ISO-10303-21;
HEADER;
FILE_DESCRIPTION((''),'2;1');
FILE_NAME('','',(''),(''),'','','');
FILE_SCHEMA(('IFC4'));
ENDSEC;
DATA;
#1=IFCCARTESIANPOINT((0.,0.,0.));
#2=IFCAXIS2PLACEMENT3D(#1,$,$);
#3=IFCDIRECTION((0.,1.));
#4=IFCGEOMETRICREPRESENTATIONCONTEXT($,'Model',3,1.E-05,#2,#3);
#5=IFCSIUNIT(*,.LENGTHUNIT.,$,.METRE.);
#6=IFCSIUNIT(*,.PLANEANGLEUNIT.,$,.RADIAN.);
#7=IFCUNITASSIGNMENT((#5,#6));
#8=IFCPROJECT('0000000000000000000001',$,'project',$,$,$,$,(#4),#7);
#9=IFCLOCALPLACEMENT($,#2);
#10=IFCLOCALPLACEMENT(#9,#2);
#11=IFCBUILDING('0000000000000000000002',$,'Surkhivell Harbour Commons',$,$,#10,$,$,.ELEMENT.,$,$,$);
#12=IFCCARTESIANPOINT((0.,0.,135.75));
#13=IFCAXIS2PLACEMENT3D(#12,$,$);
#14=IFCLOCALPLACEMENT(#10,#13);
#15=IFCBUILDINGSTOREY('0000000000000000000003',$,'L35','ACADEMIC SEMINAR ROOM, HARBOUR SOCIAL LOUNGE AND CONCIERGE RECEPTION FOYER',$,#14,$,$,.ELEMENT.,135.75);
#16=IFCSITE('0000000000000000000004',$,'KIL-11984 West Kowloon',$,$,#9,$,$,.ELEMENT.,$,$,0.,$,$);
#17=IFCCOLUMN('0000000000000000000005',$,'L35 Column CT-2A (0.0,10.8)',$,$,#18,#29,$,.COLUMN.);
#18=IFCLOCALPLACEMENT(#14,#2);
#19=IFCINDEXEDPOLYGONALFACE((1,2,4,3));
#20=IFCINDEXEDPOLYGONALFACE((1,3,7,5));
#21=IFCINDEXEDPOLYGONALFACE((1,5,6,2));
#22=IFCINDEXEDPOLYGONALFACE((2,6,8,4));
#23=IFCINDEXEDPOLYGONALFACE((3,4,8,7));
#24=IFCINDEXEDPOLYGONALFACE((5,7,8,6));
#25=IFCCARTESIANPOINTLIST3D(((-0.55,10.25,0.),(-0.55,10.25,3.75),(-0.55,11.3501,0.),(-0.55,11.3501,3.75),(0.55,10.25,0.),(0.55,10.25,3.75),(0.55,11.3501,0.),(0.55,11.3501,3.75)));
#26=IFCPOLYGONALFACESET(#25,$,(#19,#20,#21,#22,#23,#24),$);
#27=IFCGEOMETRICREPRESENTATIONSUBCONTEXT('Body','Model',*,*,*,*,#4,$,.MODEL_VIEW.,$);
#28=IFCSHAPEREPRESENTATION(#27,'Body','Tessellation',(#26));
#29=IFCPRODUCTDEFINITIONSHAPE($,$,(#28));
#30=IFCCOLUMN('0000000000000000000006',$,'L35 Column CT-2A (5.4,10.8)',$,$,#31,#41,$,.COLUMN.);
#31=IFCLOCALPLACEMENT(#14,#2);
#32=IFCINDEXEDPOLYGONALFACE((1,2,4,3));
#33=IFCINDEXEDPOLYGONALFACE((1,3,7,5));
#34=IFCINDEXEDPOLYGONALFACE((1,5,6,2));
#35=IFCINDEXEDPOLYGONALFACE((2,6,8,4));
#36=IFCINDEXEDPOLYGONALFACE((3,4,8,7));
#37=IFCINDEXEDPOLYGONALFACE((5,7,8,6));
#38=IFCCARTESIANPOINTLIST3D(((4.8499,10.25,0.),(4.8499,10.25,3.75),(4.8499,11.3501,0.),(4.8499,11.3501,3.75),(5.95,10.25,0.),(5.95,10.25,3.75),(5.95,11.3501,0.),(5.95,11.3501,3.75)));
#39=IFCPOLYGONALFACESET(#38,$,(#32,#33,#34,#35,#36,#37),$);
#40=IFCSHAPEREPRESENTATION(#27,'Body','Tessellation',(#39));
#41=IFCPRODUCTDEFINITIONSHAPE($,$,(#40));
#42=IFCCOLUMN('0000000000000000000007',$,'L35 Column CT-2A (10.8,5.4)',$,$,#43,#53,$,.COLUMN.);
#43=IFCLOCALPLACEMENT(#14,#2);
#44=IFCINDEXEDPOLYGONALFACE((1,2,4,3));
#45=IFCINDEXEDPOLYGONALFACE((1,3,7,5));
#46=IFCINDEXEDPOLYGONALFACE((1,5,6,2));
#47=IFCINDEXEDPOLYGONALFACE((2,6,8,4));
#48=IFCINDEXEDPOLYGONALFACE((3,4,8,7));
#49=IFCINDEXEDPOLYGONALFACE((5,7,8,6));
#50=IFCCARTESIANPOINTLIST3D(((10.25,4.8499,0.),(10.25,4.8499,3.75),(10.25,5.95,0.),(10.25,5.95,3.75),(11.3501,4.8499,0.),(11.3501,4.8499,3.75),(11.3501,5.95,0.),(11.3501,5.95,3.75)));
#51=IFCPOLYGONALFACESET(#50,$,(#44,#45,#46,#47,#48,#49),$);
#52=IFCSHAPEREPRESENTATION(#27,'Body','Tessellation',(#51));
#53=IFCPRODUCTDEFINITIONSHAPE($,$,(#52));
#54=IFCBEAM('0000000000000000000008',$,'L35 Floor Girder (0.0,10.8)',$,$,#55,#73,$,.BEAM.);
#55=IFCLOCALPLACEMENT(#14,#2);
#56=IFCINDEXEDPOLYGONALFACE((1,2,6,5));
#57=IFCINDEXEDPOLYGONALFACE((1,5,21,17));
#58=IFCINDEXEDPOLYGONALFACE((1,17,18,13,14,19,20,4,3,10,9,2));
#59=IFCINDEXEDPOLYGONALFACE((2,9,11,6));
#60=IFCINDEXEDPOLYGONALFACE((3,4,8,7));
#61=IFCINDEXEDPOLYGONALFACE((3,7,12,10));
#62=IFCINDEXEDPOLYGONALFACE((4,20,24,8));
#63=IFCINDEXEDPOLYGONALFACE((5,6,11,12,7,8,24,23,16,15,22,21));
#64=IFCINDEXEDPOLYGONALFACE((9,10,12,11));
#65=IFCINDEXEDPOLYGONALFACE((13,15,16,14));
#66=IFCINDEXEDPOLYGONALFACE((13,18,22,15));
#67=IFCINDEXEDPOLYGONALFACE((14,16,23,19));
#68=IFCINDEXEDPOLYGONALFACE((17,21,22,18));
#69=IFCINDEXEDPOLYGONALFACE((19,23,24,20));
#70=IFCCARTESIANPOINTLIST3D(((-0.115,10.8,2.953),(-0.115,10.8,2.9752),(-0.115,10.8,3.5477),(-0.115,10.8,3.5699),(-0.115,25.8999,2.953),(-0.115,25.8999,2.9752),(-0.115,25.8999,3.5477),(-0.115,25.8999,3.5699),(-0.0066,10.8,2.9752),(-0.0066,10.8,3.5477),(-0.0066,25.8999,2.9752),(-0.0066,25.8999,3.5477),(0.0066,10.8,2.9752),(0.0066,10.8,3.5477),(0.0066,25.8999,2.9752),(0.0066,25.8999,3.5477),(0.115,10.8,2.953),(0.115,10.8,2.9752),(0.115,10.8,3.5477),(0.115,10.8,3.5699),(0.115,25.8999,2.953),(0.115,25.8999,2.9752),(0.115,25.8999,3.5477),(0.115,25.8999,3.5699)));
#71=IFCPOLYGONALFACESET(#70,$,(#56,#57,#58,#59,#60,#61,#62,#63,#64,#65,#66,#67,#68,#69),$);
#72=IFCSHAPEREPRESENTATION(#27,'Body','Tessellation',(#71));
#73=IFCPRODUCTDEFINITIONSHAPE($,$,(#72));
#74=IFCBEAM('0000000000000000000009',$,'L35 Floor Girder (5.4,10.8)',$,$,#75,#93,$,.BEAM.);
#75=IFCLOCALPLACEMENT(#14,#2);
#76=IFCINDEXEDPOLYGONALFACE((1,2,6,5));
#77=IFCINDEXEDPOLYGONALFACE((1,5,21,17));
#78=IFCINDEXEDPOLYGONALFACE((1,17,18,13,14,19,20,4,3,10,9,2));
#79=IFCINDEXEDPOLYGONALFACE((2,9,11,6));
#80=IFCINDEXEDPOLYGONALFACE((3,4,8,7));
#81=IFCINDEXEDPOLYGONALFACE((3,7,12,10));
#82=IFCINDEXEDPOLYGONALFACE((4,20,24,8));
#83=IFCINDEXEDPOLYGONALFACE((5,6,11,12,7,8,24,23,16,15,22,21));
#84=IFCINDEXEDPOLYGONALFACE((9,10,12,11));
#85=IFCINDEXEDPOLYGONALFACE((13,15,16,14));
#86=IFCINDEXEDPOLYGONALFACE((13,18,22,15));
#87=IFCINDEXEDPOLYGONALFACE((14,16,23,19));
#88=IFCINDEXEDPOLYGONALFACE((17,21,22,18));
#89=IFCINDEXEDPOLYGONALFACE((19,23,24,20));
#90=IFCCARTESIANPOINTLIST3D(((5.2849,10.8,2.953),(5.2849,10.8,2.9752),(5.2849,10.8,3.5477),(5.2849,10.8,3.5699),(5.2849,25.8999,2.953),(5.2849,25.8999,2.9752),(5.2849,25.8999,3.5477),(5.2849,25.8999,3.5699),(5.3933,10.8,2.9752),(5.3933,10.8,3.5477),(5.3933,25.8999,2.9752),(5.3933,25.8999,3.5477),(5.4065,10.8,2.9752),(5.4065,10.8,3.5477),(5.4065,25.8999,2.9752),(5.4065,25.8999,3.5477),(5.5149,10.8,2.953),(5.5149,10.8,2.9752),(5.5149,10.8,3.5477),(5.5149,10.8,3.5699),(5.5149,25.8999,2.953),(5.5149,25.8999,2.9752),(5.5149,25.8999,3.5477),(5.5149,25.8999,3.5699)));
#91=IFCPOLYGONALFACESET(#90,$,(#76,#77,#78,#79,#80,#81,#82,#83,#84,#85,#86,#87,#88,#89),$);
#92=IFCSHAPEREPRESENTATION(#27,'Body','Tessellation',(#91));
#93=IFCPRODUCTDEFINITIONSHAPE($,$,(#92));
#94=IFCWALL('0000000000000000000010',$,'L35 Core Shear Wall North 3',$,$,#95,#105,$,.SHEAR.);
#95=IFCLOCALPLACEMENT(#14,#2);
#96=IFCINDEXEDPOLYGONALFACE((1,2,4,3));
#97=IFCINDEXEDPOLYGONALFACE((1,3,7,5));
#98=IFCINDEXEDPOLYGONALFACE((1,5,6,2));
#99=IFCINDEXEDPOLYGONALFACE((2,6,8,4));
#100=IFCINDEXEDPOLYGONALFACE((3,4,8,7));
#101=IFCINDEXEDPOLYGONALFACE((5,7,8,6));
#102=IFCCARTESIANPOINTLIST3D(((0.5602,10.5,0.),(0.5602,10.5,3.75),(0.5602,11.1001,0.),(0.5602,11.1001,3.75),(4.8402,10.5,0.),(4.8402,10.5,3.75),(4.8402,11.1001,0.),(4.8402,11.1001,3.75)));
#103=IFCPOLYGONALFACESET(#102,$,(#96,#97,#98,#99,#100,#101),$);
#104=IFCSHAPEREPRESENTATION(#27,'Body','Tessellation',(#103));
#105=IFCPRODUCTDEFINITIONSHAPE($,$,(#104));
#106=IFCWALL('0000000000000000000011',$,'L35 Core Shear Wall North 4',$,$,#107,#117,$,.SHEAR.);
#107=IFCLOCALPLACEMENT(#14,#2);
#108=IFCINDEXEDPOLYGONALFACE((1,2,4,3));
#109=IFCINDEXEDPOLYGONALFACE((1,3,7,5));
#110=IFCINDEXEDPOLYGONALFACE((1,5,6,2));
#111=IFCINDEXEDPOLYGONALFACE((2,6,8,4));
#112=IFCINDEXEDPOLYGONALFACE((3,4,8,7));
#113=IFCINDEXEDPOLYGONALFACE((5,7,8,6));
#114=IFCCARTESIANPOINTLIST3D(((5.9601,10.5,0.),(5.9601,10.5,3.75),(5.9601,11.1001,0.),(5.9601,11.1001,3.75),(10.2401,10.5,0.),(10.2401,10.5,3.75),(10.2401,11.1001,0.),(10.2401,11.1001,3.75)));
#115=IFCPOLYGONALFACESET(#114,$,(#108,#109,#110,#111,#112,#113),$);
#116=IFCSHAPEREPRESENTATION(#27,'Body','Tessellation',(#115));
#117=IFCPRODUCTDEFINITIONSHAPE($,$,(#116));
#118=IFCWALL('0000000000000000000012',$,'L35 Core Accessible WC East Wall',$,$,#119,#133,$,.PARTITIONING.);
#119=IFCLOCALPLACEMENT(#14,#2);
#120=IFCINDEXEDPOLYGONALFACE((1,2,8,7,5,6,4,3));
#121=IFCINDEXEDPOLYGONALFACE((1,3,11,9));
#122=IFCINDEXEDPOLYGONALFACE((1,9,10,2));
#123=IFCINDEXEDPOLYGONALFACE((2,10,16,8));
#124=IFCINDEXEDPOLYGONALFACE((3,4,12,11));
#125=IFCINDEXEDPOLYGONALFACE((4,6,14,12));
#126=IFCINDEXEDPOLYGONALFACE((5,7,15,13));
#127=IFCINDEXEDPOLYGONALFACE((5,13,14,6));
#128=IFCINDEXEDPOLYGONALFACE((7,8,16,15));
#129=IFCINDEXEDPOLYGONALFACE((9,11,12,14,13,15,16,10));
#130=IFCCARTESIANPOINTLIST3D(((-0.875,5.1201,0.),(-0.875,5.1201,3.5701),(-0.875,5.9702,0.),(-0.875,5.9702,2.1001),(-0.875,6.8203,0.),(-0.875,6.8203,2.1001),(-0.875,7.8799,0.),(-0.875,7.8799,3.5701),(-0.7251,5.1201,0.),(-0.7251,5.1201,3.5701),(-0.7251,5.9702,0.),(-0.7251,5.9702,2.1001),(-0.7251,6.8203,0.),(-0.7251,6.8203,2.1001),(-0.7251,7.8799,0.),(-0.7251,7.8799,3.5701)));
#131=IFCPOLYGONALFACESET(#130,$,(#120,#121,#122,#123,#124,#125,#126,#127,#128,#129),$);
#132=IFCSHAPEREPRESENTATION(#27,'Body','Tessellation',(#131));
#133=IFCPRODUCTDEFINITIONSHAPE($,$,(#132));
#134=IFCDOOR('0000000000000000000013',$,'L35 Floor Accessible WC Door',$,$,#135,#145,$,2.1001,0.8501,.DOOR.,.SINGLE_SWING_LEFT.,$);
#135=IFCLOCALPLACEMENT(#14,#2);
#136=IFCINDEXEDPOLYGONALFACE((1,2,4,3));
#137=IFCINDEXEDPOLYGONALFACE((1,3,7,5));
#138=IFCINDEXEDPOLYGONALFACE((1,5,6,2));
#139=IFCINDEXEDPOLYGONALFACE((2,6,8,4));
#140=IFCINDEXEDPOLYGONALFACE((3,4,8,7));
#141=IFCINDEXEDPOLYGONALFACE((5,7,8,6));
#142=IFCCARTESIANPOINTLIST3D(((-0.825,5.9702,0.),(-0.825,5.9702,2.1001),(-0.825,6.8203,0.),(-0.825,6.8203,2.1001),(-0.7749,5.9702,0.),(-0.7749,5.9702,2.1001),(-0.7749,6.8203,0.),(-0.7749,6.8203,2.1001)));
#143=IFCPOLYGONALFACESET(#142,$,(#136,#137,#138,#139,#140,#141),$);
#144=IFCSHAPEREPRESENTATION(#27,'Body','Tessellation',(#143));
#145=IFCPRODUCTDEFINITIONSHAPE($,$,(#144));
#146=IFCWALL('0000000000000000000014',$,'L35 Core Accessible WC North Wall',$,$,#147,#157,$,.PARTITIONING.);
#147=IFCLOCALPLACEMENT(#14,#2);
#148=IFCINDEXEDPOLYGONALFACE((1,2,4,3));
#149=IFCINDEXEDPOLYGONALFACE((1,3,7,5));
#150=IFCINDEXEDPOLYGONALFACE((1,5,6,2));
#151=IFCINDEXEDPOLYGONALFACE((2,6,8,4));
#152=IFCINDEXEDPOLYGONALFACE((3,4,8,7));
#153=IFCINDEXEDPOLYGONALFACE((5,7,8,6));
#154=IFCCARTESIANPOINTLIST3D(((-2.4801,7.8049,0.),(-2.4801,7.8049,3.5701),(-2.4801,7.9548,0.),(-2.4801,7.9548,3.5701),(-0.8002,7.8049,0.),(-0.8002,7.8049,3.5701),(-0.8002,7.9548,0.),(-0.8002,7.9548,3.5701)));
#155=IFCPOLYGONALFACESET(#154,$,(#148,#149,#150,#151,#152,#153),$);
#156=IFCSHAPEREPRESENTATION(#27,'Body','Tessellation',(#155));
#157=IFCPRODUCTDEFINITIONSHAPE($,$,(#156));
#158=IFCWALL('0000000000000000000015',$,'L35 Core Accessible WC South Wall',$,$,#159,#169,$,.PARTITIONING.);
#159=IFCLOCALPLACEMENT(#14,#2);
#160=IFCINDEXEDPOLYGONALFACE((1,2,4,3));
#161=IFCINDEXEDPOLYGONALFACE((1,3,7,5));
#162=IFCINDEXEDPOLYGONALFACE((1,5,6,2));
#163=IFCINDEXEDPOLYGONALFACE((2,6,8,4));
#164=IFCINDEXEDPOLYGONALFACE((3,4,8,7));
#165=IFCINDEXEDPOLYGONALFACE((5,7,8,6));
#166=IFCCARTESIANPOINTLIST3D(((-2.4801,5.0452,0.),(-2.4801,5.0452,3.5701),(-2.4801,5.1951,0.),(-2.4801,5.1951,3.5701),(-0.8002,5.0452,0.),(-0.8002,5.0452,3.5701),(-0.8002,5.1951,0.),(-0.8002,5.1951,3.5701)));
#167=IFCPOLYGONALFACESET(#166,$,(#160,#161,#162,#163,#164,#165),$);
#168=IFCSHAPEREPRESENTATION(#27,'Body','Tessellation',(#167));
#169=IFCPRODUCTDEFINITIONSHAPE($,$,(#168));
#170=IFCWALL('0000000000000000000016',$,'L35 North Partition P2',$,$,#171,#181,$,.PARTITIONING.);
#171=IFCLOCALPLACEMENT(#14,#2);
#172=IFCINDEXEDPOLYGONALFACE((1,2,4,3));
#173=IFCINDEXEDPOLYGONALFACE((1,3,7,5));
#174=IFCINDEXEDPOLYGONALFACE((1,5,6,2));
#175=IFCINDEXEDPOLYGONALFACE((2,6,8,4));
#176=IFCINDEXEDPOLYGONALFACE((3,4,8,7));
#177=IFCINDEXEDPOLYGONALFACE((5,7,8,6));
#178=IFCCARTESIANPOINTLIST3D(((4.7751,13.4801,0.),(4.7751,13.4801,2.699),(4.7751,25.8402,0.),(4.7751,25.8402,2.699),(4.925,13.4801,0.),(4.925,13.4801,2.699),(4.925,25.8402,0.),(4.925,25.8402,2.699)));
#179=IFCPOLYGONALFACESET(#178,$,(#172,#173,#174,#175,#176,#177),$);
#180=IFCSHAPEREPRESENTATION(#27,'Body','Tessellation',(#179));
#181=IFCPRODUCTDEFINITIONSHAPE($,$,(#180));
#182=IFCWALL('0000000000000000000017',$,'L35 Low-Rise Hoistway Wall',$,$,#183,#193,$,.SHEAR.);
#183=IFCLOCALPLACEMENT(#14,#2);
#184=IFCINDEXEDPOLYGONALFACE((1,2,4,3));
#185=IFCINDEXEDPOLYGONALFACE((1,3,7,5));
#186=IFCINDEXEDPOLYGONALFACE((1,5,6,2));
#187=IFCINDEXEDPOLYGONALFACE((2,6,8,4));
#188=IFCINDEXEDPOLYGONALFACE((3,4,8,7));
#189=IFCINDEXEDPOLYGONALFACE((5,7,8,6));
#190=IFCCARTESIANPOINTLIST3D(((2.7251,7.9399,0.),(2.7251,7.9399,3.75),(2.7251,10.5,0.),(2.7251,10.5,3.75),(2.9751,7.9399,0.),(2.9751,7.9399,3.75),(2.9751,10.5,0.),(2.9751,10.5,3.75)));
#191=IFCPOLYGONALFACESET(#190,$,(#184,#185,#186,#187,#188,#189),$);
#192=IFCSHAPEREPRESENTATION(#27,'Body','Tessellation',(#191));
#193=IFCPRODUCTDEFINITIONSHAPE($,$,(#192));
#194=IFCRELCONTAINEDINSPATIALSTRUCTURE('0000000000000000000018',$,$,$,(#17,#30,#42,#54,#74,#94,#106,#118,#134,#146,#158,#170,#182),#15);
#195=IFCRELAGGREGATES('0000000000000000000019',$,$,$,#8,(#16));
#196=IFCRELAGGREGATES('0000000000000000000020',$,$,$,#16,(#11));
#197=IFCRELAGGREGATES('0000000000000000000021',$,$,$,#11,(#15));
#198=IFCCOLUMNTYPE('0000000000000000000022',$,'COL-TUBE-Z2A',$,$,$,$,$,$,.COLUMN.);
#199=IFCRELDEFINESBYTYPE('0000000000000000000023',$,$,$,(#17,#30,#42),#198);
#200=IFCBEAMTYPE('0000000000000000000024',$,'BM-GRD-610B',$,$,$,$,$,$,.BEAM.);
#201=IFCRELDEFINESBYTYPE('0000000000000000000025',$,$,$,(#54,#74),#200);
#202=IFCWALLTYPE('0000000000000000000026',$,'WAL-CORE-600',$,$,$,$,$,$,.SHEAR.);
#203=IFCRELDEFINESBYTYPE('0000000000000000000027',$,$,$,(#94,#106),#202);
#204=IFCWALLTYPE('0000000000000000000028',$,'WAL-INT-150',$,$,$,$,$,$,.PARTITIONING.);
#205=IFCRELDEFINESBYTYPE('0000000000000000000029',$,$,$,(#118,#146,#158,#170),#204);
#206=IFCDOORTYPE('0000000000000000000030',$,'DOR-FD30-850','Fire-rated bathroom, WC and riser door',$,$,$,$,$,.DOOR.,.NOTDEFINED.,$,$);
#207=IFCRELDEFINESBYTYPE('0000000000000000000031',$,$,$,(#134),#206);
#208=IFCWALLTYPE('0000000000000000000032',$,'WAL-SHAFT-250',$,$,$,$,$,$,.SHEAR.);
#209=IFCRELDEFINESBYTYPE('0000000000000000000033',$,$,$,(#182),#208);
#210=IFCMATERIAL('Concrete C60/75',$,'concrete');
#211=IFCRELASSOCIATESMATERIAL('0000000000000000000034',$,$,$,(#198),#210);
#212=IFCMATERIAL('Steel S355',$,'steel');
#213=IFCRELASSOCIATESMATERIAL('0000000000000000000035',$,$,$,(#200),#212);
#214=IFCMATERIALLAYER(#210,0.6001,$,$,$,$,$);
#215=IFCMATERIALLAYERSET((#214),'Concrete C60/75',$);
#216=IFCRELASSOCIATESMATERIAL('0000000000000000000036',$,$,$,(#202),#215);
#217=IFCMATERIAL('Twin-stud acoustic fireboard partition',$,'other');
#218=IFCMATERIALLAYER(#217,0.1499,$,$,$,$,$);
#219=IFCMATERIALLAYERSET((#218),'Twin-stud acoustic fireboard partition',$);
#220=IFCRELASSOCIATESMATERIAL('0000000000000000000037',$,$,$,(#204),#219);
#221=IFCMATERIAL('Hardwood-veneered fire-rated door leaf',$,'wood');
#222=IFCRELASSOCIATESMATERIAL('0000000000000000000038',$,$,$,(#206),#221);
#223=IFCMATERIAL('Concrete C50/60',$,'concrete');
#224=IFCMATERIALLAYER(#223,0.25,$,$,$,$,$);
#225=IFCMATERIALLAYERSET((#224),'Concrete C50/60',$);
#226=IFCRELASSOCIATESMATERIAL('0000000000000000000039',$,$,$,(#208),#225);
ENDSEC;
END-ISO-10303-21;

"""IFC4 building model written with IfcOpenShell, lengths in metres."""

from ifc_helpers import new_model, si_unit, direction, frame, frame_2d, origin, origin_2d, place, context, subcontext, project, spatial, rectangle, i_section, extrude, material, layer, layer_set, material_profile, profile_set, type_object, element, fill, save


model = new_model("IFC4")

# Units and contexts
model_context = context("Model", 3, precision=1e-05, world=origin(), true_north=direction((0.0, 1.0)))
body_context = subcontext(model_context, "Body", "Model", "MODEL_VIEW")
ifc_project = project(units=[si_unit("LENGTHUNIT", "METRE"), si_unit("PLANEANGLEUNIT", "RADIAN")], contexts=[model_context])

# Site, building, storey
site_placement = place(None, origin())
site = spatial("IfcSite", under=ifc_project, at=site_placement, Name="KIL-11984 West Kowloon", CompositionType="ELEMENT", RefElevation=0.0)
building_placement = place(site_placement, origin())
building = spatial("IfcBuilding", under=site, at=building_placement, Name="Surkhivell Harbour Commons", CompositionType="ELEMENT")
storey_placement = place(building_placement, frame((0.0, 0.0, 135.75)))
storey = spatial("IfcBuildingStorey", under=building, at=storey_placement, Name="L35", Description="ACADEMIC SEMINAR ROOM, HARBOUR SOCIAL LOUNGE AND CONCIERGE RECEPTION FOYER", CompositionType="ELEMENT", Elevation=135.75)

# Columns
ifc_material_1 = material(Name="Concrete C60/75", Category="concrete")
ifc_material_profile_1 = material_profile(ifc_material_1, rectangle(XDim=1.1001, YDim=1.1001, at=origin_2d()), Name="RC-COL-1100x1100")
ifc_profile_set_1 = profile_set([ifc_material_profile_1], Name="Concrete C60/75")
column_type = type_object("IfcColumnType", Name="COL-TUBE-Z2A", PredefinedType="COLUMN", material=ifc_profile_set_1)
for number, where, z_axis, x_axis, name in (
    (1, (0.0, 10.8, 0.0), (0.0, 0.0, 1.0), (1.0, 0.0, 0.0), "L35 Column CT-2A (0.0,10.8)"),
    (2, (5.3999, 10.8, 0.0), (0.0, 0.0, 1.0), (1.0, 0.0, 0.0), "L35 Column CT-2A (5.4,10.8)"),
    (3, (10.8, 5.3999, 0.0), (0.0, 0.0, 1.0), (1.0, 0.0, 0.0), "L35 Column CT-2A (10.8,5.4)"),
):
    element("IfcColumn", number, at=place(storey_placement, frame(where, z_axis=z_axis, x_axis=x_axis)), inside=storey, type_object=column_type, Name=name, PredefinedType="COLUMN", context=body_context, shape_type="SweptSolid", body=[
        extrude(rectangle(XDim=1.1001, YDim=1.1001, at=origin_2d()), origin(), (0.0, 0.0, 1.0), 3.75),
    ])

# Beams
ifc_material_2 = material(Name="Steel S355", Category="steel")
ifc_material_profile_2 = material_profile(ifc_material_2, i_section(OverallWidth=0.23, OverallDepth=0.6169, WebThickness=0.0132, FlangeThickness=0.0222, at=origin_2d()), Name="UB610x229x140")
ifc_profile_set_2 = profile_set([ifc_material_profile_2], Name="Steel S355")
beam_type = type_object("IfcBeamType", Name="BM-GRD-610B", PredefinedType="BEAM", material=ifc_profile_set_2)
for number, where, z_axis, x_axis, name in (
    (4, (0.0, 10.8, 3.2615), (0.0, 1.0, 0.0), (-1.0, 0.0, 0.0), "L35 Floor Girder (0.0,10.8)"),
    (5, (5.3999, 10.8, 3.2615), (0.0, 1.0, 0.0), (-1.0, 0.0, 0.0), "L35 Floor Girder (5.4,10.8)"),
):
    element("IfcBeam", number, at=place(storey_placement, frame(where, z_axis=z_axis, x_axis=x_axis)), inside=storey, type_object=beam_type, Name=name, PredefinedType="BEAM", context=body_context, shape_type="SweptSolid", body=[
        extrude(i_section(OverallWidth=0.23, OverallDepth=0.6169, WebThickness=0.0132, FlangeThickness=0.0222, at=origin_2d()), origin(), (0.0, 0.0, 1.0), 15.0999),
    ])

# Walls
ifc_layer_1 = layer(ifc_material_1, 0.6001)
ifc_layer_set_1 = layer_set([ifc_layer_1], Name="Concrete C60/75")
wall_type_1 = type_object("IfcWallType", Name="WAL-CORE-600", PredefinedType="SHEAR", material=ifc_layer_set_1)
for number, where, z_axis, x_axis, name in (
    (6, (0.5601, 10.8, 0.0), (0.0, 0.0, 1.0), (1.0, 0.0, 0.0), "L35 Core Shear Wall North 3"),
    (7, (5.96, 10.8, 0.0), (0.0, 0.0, 1.0), (1.0, 0.0, 0.0), "L35 Core Shear Wall North 4"),
):
    element("IfcWall", number, at=place(storey_placement, frame(where, z_axis=z_axis, x_axis=x_axis)), inside=storey, type_object=wall_type_1, Name=name, PredefinedType="SHEAR", context=body_context, shape_type="SweptSolid", body=[
        extrude(rectangle(XDim=4.28, YDim=0.6001, at=frame_2d((2.1401, 0.0))), origin(), (0.0, 0.0, 1.0), 3.75),
    ])

# Wall, opening, door
ifc_material_3 = material(Name="Twin-stud acoustic fireboard partition", Category="other")
ifc_layer_2 = layer(ifc_material_3, 0.1499)
ifc_layer_set_2 = layer_set([ifc_layer_2], Name="Twin-stud acoustic fireboard partition")
wall_type_2 = type_object("IfcWallType", Name="WAL-INT-150", PredefinedType="PARTITIONING", material=ifc_layer_set_2)
wall_1_placement = place(storey_placement, frame((-0.8, 5.1201, 0.0), z_axis=(0.0, 0.0, 1.0), x_axis=(0.0, 1.0, 0.0)))
wall_1 = element("IfcWall", 8, at=wall_1_placement, inside=storey, type_object=wall_type_2, Name="L35 Core Accessible WC East Wall", PredefinedType="PARTITIONING", context=body_context, shape_type="SweptSolid", body=[
    extrude(rectangle(XDim=2.7598, YDim=0.1499, at=frame_2d((1.3799, 0.0))), origin(), (0.0, 0.0, 1.0), 3.5701),
])
opening_1_placement = place(wall_1_placement, frame((0.8501, 0.0, 0.0)))
opening_1 = element("IfcOpeningElement", 9, at=opening_1_placement, cuts=wall_1, PredefinedType="OPENING", context=body_context, shape_type="SweptSolid", body=[
    extrude(rectangle(XDim=0.8501, YDim=2.1001, at=frame_2d((0.425, 1.05))), frame((0.0, 0.085, 0.0), z_axis=(0.0, -1.0, 0.0), x_axis=(1.0, 0.0, 0.0)), (0.0, 0.0, 1.0), 0.1699),
])
ifc_material_4 = material(Name="Hardwood-veneered fire-rated door leaf", Category="wood")
door_type_1 = type_object("IfcDoorType", Name="DOR-FD30-850", Description="Fire-rated bathroom, WC and riser door", OperationType="NOTDEFINED", PredefinedType="DOOR", material=ifc_material_4)
door_1_placement = place(opening_1_placement, origin())
door_1 = element("IfcDoor", 10, at=door_1_placement, inside=storey, type_object=door_type_1, Name="L35 Floor Accessible WC Door", OperationType="SINGLE_SWING_LEFT", OverallHeight=2.1001, OverallWidth=0.8501, PredefinedType="DOOR", context=body_context, shape_type="SweptSolid", body=[
    extrude(rectangle(XDim=0.8501, YDim=2.1001, at=frame_2d((0.425, 1.05))), frame((0.0, 0.0249, 0.0), z_axis=(0.0, -1.0, 0.0), x_axis=(1.0, 0.0, 0.0)), (0.0, 0.0, 1.0), 0.05),
])
fill(opening_1, door_1)

# Walls
for number, where, z_axis, x_axis, name in (
    (11, (-2.48, 7.8799, 0.0), (0.0, 0.0, 1.0), (1.0, 0.0, 0.0), "L35 Core Accessible WC North Wall"),
    (12, (-2.48, 5.1201, 0.0), (0.0, 0.0, 1.0), (1.0, 0.0, 0.0), "L35 Core Accessible WC South Wall"),
):
    element("IfcWall", number, at=place(storey_placement, frame(where, z_axis=z_axis, x_axis=x_axis)), inside=storey, type_object=wall_type_2, Name=name, PredefinedType="PARTITIONING", context=body_context, shape_type="SweptSolid", body=[
        extrude(rectangle(XDim=1.6799, YDim=0.1499, at=frame_2d((0.8398, 0.0))), origin(), (0.0, 0.0, 1.0), 3.5701),
    ])
wall_2_placement = place(storey_placement, frame((4.8501, 13.48, 0.0), z_axis=(0.0, 0.0, 1.0), x_axis=(0.0, 1.0, 0.0)))
element("IfcWall", 13, at=wall_2_placement, inside=storey, type_object=wall_type_2, Name="L35 North Partition P2", PredefinedType="PARTITIONING", context=body_context, shape_type="SweptSolid", body=[
    extrude(rectangle(XDim=12.3601, YDim=0.1499, at=frame_2d((6.1802, 0.0))), origin(), (0.0, 0.0, 1.0), 2.699),
])
ifc_material_5 = material(Name="Concrete C50/60", Category="concrete")
ifc_layer_3 = layer(ifc_material_5, 0.25)
ifc_layer_set_3 = layer_set([ifc_layer_3], Name="Concrete C50/60")
wall_type_3 = type_object("IfcWallType", Name="WAL-SHAFT-250", PredefinedType="SHEAR", material=ifc_layer_set_3)
wall_3_placement = place(storey_placement, frame((2.8501, 7.9399, 0.0), z_axis=(0.0, 0.0, 1.0), x_axis=(0.0, 1.0, 0.0)))
element("IfcWall", 14, at=wall_3_placement, inside=storey, type_object=wall_type_3, Name="L35 Low-Rise Hoistway Wall", PredefinedType="SHEAR", context=body_context, shape_type="SweptSolid", body=[
    extrude(rectangle(XDim=2.5601, YDim=0.25, at=frame_2d((1.28, 0.0))), origin(), (0.0, 0.0, 1.0), 3.75),
])

save(model, "model.ifc")
